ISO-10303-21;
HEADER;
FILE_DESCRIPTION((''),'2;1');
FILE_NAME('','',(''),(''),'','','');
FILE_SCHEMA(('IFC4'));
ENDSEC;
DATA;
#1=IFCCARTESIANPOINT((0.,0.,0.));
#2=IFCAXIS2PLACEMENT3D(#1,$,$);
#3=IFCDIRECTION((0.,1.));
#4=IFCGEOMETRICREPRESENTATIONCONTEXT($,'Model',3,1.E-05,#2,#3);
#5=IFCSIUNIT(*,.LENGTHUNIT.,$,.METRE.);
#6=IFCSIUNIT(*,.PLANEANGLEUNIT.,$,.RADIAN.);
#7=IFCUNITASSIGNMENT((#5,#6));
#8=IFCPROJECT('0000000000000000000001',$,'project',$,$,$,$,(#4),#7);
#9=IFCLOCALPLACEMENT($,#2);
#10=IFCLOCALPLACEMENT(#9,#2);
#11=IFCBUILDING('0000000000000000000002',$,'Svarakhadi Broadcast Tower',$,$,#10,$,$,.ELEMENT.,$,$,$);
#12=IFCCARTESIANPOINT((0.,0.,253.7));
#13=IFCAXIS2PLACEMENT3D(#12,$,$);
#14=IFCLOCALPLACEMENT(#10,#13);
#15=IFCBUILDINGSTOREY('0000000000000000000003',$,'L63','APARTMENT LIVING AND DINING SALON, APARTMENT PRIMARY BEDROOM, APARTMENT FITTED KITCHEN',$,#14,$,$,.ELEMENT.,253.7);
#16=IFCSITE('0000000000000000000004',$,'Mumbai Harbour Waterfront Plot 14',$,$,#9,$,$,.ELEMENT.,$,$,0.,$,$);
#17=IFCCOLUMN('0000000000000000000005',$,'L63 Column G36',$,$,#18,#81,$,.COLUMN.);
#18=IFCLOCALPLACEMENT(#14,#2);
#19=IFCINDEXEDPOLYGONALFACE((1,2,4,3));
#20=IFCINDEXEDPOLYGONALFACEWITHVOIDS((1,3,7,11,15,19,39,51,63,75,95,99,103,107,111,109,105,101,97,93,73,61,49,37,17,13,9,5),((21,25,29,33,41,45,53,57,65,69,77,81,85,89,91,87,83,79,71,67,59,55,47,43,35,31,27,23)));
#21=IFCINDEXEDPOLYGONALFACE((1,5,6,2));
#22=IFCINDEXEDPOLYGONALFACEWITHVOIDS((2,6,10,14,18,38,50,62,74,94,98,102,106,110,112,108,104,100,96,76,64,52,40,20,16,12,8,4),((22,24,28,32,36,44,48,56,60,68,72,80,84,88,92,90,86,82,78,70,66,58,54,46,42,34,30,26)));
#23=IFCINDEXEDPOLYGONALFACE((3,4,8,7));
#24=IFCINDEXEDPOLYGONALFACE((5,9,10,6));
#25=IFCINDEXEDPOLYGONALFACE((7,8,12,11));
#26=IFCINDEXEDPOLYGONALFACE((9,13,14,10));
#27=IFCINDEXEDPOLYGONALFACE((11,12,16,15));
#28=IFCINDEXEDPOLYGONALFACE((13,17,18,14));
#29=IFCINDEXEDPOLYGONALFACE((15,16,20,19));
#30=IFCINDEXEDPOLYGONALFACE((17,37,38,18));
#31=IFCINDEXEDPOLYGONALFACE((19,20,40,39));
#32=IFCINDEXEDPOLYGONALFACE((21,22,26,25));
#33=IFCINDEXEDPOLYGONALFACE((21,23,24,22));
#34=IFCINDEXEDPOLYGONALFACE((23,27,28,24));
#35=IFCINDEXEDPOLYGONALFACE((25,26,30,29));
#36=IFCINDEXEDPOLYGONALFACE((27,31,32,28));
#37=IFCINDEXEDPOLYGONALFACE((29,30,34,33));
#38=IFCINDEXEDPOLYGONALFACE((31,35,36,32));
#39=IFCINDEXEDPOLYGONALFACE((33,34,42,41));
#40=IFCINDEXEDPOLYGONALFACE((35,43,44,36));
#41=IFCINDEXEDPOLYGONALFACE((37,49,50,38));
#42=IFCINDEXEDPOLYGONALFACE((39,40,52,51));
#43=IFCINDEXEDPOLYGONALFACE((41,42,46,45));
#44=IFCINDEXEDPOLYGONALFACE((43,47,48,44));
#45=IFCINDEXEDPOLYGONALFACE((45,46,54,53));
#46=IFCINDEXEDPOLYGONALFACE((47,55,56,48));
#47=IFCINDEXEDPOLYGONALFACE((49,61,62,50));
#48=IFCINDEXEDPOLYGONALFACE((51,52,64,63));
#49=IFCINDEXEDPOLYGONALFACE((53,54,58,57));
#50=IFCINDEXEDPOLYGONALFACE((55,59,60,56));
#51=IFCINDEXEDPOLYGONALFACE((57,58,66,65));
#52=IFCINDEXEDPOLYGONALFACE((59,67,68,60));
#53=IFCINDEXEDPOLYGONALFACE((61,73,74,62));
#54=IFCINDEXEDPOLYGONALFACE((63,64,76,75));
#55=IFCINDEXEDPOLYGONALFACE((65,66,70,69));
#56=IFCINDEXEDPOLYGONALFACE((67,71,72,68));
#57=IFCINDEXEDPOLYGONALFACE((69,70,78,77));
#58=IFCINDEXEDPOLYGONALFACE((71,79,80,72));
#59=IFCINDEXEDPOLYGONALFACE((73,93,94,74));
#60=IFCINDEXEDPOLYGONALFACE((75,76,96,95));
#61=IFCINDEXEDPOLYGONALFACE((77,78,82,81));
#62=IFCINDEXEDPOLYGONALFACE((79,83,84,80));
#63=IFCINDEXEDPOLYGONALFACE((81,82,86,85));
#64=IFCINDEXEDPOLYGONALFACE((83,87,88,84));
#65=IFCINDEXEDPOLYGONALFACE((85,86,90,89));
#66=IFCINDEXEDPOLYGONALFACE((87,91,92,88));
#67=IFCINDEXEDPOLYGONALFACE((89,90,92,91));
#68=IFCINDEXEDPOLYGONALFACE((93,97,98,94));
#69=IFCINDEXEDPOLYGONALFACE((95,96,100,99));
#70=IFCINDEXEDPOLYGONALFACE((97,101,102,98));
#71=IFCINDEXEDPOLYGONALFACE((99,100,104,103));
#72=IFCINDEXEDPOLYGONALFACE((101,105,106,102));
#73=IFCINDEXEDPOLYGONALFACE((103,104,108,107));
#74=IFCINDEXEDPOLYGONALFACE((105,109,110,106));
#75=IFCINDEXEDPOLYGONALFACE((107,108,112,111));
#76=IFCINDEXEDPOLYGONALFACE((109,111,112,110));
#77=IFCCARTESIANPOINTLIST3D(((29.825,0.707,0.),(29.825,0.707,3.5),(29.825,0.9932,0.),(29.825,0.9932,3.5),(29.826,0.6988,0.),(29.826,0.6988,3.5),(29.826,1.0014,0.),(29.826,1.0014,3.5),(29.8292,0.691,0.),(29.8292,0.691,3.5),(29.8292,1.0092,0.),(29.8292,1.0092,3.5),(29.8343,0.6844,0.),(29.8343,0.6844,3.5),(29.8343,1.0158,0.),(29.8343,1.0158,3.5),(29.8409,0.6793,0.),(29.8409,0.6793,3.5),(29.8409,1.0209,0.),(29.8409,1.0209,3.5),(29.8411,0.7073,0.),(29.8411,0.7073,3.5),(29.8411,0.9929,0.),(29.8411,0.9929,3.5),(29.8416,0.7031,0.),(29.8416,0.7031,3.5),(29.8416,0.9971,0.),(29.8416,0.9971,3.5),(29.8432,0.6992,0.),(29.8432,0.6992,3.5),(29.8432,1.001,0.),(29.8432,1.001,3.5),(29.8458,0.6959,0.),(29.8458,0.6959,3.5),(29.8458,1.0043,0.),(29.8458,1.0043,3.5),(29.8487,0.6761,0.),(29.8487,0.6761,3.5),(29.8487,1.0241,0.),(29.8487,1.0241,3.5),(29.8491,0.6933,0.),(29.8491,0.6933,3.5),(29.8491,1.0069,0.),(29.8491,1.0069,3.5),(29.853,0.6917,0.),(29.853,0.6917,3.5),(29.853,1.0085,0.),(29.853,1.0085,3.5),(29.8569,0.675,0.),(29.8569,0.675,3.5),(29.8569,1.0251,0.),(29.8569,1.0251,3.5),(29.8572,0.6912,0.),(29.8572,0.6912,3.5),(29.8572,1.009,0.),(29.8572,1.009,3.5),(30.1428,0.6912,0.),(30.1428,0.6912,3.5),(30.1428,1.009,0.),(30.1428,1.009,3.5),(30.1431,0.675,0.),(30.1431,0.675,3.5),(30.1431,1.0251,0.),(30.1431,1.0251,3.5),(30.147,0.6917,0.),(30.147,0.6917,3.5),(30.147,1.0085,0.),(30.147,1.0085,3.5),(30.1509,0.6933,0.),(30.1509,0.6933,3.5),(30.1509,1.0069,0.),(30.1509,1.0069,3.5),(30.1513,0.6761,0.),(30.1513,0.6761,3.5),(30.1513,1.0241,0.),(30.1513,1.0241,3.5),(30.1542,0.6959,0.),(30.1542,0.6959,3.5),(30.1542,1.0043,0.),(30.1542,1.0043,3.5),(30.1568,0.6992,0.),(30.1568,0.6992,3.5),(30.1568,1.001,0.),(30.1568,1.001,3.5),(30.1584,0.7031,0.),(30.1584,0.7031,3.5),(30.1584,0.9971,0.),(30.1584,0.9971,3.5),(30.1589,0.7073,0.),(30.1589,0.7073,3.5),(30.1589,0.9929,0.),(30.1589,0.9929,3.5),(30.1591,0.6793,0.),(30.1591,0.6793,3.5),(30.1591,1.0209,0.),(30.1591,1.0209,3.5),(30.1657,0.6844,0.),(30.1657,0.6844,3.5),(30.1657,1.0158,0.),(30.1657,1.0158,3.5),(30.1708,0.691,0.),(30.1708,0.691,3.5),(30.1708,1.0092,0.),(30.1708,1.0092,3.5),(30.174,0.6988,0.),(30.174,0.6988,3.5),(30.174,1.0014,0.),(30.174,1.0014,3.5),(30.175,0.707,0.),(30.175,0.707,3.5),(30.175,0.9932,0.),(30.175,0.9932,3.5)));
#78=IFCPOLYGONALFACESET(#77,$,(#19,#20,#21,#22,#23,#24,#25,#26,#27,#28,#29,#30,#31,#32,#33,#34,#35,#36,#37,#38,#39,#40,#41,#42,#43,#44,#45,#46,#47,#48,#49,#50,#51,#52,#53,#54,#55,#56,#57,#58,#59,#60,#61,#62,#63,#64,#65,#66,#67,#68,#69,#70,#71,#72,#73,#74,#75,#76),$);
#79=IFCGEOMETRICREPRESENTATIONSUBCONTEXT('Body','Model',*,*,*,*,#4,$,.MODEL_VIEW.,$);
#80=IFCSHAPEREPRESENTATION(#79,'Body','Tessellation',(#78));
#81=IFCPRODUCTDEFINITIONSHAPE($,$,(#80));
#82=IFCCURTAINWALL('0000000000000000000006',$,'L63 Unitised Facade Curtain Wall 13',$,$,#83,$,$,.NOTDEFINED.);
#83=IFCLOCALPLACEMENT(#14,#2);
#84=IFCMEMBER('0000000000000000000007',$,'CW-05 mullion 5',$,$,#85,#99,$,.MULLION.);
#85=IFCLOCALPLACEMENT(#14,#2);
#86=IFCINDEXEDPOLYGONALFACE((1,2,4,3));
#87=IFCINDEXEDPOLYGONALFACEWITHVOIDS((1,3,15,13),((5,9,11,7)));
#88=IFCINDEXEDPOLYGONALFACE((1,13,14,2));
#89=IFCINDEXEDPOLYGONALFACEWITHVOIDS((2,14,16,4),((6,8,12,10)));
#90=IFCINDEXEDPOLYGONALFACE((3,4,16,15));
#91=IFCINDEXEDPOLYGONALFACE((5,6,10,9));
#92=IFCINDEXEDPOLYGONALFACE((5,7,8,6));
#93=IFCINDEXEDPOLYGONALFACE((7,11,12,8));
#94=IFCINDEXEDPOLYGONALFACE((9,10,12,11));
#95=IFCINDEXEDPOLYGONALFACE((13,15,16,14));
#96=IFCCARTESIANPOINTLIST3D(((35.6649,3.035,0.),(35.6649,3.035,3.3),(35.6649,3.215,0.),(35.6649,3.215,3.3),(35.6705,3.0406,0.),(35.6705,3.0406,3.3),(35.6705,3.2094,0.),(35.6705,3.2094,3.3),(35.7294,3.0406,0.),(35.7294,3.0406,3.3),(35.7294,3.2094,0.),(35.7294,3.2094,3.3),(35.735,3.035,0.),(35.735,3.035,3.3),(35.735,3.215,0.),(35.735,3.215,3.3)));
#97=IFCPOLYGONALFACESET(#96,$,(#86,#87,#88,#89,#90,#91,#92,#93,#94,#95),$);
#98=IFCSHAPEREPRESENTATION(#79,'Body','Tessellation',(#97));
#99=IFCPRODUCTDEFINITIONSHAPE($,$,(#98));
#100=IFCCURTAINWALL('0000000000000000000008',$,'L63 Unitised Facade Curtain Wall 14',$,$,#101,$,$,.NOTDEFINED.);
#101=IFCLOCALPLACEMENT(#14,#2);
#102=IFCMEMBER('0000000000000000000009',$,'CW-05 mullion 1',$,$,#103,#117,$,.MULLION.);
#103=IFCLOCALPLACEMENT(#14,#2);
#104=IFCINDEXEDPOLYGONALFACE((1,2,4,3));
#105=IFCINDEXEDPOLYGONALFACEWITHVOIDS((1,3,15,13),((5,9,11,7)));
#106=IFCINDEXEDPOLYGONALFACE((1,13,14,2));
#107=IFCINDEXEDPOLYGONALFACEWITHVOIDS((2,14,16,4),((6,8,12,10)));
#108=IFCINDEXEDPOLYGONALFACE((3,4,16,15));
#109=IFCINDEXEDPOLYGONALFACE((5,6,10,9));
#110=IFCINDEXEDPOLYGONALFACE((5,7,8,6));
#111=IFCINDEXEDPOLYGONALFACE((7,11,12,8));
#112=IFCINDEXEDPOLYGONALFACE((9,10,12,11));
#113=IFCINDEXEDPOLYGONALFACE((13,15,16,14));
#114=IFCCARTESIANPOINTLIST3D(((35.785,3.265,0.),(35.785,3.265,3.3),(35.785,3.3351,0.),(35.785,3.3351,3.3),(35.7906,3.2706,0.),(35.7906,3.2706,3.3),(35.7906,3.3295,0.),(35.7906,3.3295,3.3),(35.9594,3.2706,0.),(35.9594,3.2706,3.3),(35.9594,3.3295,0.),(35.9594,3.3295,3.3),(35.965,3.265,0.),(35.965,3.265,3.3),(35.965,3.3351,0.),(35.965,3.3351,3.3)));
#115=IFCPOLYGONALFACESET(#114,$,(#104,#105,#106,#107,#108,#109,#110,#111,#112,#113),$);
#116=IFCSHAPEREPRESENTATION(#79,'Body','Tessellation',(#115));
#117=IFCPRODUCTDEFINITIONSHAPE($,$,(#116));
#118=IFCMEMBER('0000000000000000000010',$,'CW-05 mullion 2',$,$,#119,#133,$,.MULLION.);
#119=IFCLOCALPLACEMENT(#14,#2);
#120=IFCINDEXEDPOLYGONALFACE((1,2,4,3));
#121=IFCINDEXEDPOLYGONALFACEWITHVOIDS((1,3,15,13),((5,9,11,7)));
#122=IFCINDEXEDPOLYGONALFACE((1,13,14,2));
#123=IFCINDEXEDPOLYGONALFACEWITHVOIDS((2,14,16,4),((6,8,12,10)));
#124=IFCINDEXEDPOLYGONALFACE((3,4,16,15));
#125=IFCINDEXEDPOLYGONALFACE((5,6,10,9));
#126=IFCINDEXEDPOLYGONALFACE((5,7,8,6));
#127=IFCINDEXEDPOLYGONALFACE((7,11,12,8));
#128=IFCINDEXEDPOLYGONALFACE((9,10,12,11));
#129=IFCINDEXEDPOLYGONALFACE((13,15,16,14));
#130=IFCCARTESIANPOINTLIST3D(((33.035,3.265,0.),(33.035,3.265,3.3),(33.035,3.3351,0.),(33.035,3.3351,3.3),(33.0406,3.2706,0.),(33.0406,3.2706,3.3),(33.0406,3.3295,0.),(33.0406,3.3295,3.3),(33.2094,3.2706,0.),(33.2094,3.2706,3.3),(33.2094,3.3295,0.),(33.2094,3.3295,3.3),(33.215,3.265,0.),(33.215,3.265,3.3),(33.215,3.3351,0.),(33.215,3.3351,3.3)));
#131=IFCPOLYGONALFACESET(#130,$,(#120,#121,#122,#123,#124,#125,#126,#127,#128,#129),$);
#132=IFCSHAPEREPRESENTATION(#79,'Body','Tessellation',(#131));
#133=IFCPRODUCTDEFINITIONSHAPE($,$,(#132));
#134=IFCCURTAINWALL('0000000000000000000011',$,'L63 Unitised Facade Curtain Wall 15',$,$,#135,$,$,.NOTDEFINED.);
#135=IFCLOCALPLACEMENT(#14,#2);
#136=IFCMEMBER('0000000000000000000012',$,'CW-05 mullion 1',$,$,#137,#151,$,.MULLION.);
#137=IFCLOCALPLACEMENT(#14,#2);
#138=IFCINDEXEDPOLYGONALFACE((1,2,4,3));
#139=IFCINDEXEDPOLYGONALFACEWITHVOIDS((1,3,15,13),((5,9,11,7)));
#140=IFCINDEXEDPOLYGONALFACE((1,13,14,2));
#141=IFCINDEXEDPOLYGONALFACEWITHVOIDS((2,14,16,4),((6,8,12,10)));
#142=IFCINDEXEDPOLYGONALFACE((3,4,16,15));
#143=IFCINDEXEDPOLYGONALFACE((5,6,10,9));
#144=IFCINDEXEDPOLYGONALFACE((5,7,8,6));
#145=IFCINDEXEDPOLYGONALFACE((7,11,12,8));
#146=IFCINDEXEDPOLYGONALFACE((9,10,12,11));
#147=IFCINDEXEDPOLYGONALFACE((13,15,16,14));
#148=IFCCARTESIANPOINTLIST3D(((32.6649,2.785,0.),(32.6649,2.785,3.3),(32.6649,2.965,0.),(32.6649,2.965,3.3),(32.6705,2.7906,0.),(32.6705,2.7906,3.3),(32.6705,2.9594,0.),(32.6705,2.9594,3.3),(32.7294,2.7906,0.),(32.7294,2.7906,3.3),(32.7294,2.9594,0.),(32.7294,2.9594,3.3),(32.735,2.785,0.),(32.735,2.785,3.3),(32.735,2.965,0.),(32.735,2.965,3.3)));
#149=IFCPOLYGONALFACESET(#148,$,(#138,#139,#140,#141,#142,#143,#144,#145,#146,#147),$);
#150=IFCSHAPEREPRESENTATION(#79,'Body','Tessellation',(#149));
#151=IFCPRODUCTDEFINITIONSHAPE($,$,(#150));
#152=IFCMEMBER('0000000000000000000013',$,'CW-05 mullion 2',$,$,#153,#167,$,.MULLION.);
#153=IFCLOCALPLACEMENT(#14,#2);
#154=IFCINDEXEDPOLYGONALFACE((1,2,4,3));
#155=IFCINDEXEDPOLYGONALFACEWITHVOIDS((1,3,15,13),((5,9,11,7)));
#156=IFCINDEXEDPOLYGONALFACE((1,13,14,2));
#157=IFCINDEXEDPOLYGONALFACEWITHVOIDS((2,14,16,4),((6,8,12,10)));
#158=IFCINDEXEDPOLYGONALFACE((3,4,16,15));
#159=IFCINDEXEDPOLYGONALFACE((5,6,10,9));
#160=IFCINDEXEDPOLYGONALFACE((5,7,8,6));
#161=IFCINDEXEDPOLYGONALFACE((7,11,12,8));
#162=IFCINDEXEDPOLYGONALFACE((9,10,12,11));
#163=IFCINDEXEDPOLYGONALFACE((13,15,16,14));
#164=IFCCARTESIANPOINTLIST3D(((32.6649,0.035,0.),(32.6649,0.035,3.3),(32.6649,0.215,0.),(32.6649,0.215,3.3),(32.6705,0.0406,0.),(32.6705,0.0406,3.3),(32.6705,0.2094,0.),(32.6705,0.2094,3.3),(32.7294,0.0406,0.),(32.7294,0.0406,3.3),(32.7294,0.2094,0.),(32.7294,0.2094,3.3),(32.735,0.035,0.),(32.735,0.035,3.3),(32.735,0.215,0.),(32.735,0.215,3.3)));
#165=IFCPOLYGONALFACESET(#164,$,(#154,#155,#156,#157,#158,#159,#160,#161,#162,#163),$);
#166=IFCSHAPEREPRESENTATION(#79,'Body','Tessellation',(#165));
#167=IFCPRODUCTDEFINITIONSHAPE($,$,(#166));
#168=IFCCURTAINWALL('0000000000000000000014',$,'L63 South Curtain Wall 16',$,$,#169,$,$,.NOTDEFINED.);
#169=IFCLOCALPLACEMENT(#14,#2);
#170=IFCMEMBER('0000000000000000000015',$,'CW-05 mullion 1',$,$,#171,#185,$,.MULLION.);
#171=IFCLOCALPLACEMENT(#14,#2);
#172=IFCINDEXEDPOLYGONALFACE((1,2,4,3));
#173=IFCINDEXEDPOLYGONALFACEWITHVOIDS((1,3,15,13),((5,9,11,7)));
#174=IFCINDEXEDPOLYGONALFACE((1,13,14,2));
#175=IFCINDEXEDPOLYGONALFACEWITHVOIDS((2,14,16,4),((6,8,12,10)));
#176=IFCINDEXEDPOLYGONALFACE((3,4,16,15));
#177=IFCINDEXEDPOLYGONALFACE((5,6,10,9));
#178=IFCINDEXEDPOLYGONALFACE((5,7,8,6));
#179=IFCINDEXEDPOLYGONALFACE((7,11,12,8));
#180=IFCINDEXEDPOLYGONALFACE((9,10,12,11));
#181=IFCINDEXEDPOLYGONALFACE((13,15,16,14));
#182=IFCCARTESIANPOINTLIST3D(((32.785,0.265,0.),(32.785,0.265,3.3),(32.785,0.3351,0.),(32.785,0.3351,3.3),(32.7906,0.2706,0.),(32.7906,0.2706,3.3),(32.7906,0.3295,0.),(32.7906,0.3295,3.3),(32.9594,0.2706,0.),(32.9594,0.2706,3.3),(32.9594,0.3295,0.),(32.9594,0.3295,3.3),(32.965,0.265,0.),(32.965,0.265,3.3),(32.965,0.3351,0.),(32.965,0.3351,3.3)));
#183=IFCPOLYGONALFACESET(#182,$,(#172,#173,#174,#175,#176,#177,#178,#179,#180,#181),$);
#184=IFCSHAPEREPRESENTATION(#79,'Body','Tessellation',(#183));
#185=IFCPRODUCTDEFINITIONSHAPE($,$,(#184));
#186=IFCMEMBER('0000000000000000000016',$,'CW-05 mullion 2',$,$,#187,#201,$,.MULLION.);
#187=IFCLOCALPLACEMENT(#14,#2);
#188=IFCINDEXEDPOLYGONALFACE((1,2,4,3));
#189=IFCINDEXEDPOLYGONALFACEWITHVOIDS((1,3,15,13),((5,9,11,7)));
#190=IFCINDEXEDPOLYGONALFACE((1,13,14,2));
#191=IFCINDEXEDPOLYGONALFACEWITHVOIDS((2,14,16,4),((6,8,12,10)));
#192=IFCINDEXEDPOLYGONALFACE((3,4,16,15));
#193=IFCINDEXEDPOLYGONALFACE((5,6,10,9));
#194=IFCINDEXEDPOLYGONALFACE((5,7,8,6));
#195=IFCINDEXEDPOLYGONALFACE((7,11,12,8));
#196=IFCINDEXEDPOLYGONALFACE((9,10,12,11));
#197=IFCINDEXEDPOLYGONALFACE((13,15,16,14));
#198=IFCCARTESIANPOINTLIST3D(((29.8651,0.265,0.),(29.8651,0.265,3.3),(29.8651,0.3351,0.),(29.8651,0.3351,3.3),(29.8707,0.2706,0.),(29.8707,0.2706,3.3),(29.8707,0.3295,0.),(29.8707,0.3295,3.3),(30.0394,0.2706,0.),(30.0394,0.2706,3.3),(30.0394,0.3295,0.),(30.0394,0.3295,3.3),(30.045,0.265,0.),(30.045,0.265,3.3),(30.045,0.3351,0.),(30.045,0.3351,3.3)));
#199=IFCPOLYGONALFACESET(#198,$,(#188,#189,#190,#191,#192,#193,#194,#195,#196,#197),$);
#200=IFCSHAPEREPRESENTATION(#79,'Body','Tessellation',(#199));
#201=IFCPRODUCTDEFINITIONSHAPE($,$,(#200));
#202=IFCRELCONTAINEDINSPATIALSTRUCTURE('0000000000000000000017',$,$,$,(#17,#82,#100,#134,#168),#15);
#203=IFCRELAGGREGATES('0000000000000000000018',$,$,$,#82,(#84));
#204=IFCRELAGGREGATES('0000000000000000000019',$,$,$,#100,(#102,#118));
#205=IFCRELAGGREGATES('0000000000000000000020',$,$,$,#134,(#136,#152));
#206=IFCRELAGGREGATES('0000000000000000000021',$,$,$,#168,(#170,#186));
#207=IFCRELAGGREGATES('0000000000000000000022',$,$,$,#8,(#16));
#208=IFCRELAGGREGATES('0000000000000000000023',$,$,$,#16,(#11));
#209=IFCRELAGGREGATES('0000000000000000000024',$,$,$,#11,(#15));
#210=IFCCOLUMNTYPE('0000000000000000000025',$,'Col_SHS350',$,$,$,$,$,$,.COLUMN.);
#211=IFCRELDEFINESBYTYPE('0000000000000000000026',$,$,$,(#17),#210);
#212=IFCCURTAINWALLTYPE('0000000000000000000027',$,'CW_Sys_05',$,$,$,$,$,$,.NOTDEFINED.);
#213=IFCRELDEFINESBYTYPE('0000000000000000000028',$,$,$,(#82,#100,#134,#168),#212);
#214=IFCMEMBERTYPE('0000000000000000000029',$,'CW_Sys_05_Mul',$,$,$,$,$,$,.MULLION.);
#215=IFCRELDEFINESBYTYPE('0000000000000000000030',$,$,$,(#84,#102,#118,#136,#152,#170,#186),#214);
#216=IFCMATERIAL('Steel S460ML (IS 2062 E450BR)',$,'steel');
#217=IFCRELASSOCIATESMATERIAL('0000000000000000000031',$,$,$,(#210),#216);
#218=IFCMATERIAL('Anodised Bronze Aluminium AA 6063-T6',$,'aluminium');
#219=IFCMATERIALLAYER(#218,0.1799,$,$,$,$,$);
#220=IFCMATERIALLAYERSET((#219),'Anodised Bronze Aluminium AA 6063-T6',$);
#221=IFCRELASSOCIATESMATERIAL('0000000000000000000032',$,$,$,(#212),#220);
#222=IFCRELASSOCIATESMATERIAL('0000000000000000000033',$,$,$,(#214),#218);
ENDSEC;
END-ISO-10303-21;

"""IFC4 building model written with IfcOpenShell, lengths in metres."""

from ifc_helpers import new_model, si_unit, direction, frame, origin, origin_2d, place, context, subcontext, project, spatial, hollow_rectangle, extrude, material, layer, layer_set, material_profile, profile_set, type_object, element, aggregate, save


model = new_model("IFC4")

# Units and contexts
model_context = context("Model", 3, precision=1e-05, world=origin(), true_north=direction((0.0, 1.0)))
body_context = subcontext(model_context, "Body", "Model", "MODEL_VIEW")
ifc_project = project(units=[si_unit("LENGTHUNIT", "METRE"), si_unit("PLANEANGLEUNIT", "RADIAN")], contexts=[model_context])

# Site, building, storey
site_placement = place(None, origin())
site = spatial("IfcSite", under=ifc_project, at=site_placement, Name="Mumbai Harbour Waterfront Plot 14", CompositionType="ELEMENT", RefElevation=0.0)
building_placement = place(site_placement, origin())
building = spatial("IfcBuilding", under=site, at=building_placement, Name="Svarakhadi Broadcast Tower", CompositionType="ELEMENT")
storey_placement = place(building_placement, frame((0.0, 0.0, 253.7)))
storey = spatial("IfcBuildingStorey", under=building, at=storey_placement, Name="L63", Description="APARTMENT LIVING AND DINING SALON, APARTMENT PRIMARY BEDROOM, APARTMENT FITTED KITCHEN", CompositionType="ELEMENT", Elevation=253.7)

# Column
ifc_material_1 = material(Name="Steel S460ML (IS 2062 E450BR)", Category="steel")
ifc_material_profile_1 = material_profile(ifc_material_1, hollow_rectangle(XDim=0.3501, YDim=0.3501, WallThickness=0.0161, InnerFilletRadius=0.0161, OuterFilletRadius=0.032, at=origin_2d()), Name="SHS 350x350x16")
ifc_profile_set_1 = profile_set([ifc_material_profile_1], Name="Steel S460ML (IS 2062 E450BR)")
column_type = type_object("IfcColumnType", Name="Col_SHS350", PredefinedType="COLUMN", material=ifc_profile_set_1)
column_placement = place(storey_placement, frame((30.0, 0.8501, 0.0), z_axis=(0.0, 0.0, 1.0), x_axis=(1.0, 0.0, 0.0)))
element("IfcColumn", 1, at=column_placement, inside=storey, type_object=column_type, Name="L63 Column G36", PredefinedType="COLUMN", context=body_context, shape_type="SweptSolid", body=[
    extrude(hollow_rectangle(XDim=0.3501, YDim=0.3501, WallThickness=0.0161, InnerFilletRadius=0.0161, OuterFilletRadius=0.032, at=origin_2d()), origin(), (0.0, 0.0, 1.0), 3.5),
])

# Curtain wall, member
ifc_material_2 = material(Name="Anodised Bronze Aluminium AA 6063-T6", Category="aluminium")
ifc_layer_1 = layer(ifc_material_2, 0.1799)
ifc_layer_set_1 = layer_set([ifc_layer_1], Name="Anodised Bronze Aluminium AA 6063-T6")
curtain_wall_type = type_object("IfcCurtainWallType", Name="CW_Sys_05", PredefinedType="NOTDEFINED", material=ifc_layer_set_1)
curtain_wall_1_placement = place(storey_placement, origin())
curtain_wall_1 = element("IfcCurtainWall", 2, at=curtain_wall_1_placement, inside=storey, type_object=curtain_wall_type, Name="L63 Unitised Facade Curtain Wall 13", PredefinedType="NOTDEFINED")
ifc_material_profile_2 = material_profile(ifc_material_2, hollow_rectangle(XDim=0.0701, YDim=0.1799, WallThickness=0.0056, at=origin_2d()), Name="ALU MULLION 180x70x6")
ifc_profile_set_2 = profile_set([ifc_material_profile_2], Name="Anodised Bronze Aluminium AA 6063-T6")
member_type_1 = type_object("IfcMemberType", Name="CW_Sys_05_Mul", PredefinedType="MULLION", material=ifc_profile_set_2)
member_1_placement = place(storey_placement, frame((35.7, 3.125, 0.0), z_axis=(0.0, 0.0, 1.0), x_axis=(1.0, 0.0, 0.0)))
member_1 = element("IfcMember", 3, at=member_1_placement, type_object=member_type_1, Name="CW-05 mullion 5", PredefinedType="MULLION", context=body_context, shape_type="SweptSolid", body=[
    extrude(hollow_rectangle(XDim=0.0701, YDim=0.1799, WallThickness=0.0056, at=origin_2d()), origin(), (0.0, 0.0, 1.0), 3.3),
])

# Curtain walls, members
curtain_wall_2_placement = place(storey_placement, origin())
curtain_wall_2 = element("IfcCurtainWall", 4, at=curtain_wall_2_placement, inside=storey, type_object=curtain_wall_type, Name="L63 Unitised Facade Curtain Wall 14", PredefinedType="NOTDEFINED")
member_2_placement = place(storey_placement, frame((35.875, 3.3, 0.0), z_axis=(0.0, 0.0, 1.0), x_axis=(0.0, -1.0, 0.0)))
member_2 = element("IfcMember", 5, at=member_2_placement, type_object=member_type_1, Name="CW-05 mullion 1", PredefinedType="MULLION", context=body_context, shape_type="SweptSolid", body=[
    extrude(hollow_rectangle(XDim=0.0701, YDim=0.1799, WallThickness=0.0056, at=origin_2d()), origin(), (0.0, 0.0, 1.0), 3.3),
])
member_3_placement = place(storey_placement, frame((33.125, 3.3, 0.0), z_axis=(0.0, 0.0, 1.0), x_axis=(0.0, -1.0, 0.0)))
member_3 = element("IfcMember", 6, at=member_3_placement, type_object=member_type_1, Name="CW-05 mullion 2", PredefinedType="MULLION", context=body_context, shape_type="SweptSolid", body=[
    extrude(hollow_rectangle(XDim=0.0701, YDim=0.1799, WallThickness=0.0056, at=origin_2d()), origin(), (0.0, 0.0, 1.0), 3.3),
])
curtain_wall_3_placement = place(storey_placement, origin())
curtain_wall_3 = element("IfcCurtainWall", 7, at=curtain_wall_3_placement, inside=storey, type_object=curtain_wall_type, Name="L63 Unitised Facade Curtain Wall 15", PredefinedType="NOTDEFINED")
member_4_placement = place(storey_placement, frame((32.7, 2.875, 0.0), z_axis=(0.0, 0.0, 1.0), x_axis=(1.0, 0.0, 0.0)))
member_4 = element("IfcMember", 8, at=member_4_placement, type_object=member_type_1, Name="CW-05 mullion 1", PredefinedType="MULLION", context=body_context, shape_type="SweptSolid", body=[
    extrude(hollow_rectangle(XDim=0.0701, YDim=0.1799, WallThickness=0.0056, at=origin_2d()), origin(), (0.0, 0.0, 1.0), 3.3),
])
member_5_placement = place(storey_placement, frame((32.7, 0.125, 0.0), z_axis=(0.0, 0.0, 1.0), x_axis=(1.0, 0.0, 0.0)))
member_5 = element("IfcMember", 9, at=member_5_placement, type_object=member_type_1, Name="CW-05 mullion 2", PredefinedType="MULLION", context=body_context, shape_type="SweptSolid", body=[
    extrude(hollow_rectangle(XDim=0.0701, YDim=0.1799, WallThickness=0.0056, at=origin_2d()), origin(), (0.0, 0.0, 1.0), 3.3),
])
curtain_wall_4_placement = place(storey_placement, origin())
curtain_wall_4 = element("IfcCurtainWall", 10, at=curtain_wall_4_placement, inside=storey, type_object=curtain_wall_type, Name="L63 South Curtain Wall 16", PredefinedType="NOTDEFINED")
member_6_placement = place(storey_placement, frame((32.875, 0.3, 0.0), z_axis=(0.0, 0.0, 1.0), x_axis=(0.0, -1.0, 0.0)))
member_6 = element("IfcMember", 11, at=member_6_placement, type_object=member_type_1, Name="CW-05 mullion 1", PredefinedType="MULLION", context=body_context, shape_type="SweptSolid", body=[
    extrude(hollow_rectangle(XDim=0.0701, YDim=0.1799, WallThickness=0.0056, at=origin_2d()), origin(), (0.0, 0.0, 1.0), 3.3),
])
member_7_placement = place(storey_placement, frame((29.9551, 0.3, 0.0), z_axis=(0.0, 0.0, 1.0), x_axis=(0.0, -1.0, 0.0)))
member_7 = element("IfcMember", 12, at=member_7_placement, type_object=member_type_1, Name="CW-05 mullion 2", PredefinedType="MULLION", context=body_context, shape_type="SweptSolid", body=[
    extrude(hollow_rectangle(XDim=0.0701, YDim=0.1799, WallThickness=0.0056, at=origin_2d()), origin(), (0.0, 0.0, 1.0), 3.3),
])

aggregate(curtain_wall_1, [member_1])
aggregate(curtain_wall_2, [member_2, member_3])
aggregate(curtain_wall_3, [member_4, member_5])
aggregate(curtain_wall_4, [member_6, member_7])

save(model, "model.ifc")
